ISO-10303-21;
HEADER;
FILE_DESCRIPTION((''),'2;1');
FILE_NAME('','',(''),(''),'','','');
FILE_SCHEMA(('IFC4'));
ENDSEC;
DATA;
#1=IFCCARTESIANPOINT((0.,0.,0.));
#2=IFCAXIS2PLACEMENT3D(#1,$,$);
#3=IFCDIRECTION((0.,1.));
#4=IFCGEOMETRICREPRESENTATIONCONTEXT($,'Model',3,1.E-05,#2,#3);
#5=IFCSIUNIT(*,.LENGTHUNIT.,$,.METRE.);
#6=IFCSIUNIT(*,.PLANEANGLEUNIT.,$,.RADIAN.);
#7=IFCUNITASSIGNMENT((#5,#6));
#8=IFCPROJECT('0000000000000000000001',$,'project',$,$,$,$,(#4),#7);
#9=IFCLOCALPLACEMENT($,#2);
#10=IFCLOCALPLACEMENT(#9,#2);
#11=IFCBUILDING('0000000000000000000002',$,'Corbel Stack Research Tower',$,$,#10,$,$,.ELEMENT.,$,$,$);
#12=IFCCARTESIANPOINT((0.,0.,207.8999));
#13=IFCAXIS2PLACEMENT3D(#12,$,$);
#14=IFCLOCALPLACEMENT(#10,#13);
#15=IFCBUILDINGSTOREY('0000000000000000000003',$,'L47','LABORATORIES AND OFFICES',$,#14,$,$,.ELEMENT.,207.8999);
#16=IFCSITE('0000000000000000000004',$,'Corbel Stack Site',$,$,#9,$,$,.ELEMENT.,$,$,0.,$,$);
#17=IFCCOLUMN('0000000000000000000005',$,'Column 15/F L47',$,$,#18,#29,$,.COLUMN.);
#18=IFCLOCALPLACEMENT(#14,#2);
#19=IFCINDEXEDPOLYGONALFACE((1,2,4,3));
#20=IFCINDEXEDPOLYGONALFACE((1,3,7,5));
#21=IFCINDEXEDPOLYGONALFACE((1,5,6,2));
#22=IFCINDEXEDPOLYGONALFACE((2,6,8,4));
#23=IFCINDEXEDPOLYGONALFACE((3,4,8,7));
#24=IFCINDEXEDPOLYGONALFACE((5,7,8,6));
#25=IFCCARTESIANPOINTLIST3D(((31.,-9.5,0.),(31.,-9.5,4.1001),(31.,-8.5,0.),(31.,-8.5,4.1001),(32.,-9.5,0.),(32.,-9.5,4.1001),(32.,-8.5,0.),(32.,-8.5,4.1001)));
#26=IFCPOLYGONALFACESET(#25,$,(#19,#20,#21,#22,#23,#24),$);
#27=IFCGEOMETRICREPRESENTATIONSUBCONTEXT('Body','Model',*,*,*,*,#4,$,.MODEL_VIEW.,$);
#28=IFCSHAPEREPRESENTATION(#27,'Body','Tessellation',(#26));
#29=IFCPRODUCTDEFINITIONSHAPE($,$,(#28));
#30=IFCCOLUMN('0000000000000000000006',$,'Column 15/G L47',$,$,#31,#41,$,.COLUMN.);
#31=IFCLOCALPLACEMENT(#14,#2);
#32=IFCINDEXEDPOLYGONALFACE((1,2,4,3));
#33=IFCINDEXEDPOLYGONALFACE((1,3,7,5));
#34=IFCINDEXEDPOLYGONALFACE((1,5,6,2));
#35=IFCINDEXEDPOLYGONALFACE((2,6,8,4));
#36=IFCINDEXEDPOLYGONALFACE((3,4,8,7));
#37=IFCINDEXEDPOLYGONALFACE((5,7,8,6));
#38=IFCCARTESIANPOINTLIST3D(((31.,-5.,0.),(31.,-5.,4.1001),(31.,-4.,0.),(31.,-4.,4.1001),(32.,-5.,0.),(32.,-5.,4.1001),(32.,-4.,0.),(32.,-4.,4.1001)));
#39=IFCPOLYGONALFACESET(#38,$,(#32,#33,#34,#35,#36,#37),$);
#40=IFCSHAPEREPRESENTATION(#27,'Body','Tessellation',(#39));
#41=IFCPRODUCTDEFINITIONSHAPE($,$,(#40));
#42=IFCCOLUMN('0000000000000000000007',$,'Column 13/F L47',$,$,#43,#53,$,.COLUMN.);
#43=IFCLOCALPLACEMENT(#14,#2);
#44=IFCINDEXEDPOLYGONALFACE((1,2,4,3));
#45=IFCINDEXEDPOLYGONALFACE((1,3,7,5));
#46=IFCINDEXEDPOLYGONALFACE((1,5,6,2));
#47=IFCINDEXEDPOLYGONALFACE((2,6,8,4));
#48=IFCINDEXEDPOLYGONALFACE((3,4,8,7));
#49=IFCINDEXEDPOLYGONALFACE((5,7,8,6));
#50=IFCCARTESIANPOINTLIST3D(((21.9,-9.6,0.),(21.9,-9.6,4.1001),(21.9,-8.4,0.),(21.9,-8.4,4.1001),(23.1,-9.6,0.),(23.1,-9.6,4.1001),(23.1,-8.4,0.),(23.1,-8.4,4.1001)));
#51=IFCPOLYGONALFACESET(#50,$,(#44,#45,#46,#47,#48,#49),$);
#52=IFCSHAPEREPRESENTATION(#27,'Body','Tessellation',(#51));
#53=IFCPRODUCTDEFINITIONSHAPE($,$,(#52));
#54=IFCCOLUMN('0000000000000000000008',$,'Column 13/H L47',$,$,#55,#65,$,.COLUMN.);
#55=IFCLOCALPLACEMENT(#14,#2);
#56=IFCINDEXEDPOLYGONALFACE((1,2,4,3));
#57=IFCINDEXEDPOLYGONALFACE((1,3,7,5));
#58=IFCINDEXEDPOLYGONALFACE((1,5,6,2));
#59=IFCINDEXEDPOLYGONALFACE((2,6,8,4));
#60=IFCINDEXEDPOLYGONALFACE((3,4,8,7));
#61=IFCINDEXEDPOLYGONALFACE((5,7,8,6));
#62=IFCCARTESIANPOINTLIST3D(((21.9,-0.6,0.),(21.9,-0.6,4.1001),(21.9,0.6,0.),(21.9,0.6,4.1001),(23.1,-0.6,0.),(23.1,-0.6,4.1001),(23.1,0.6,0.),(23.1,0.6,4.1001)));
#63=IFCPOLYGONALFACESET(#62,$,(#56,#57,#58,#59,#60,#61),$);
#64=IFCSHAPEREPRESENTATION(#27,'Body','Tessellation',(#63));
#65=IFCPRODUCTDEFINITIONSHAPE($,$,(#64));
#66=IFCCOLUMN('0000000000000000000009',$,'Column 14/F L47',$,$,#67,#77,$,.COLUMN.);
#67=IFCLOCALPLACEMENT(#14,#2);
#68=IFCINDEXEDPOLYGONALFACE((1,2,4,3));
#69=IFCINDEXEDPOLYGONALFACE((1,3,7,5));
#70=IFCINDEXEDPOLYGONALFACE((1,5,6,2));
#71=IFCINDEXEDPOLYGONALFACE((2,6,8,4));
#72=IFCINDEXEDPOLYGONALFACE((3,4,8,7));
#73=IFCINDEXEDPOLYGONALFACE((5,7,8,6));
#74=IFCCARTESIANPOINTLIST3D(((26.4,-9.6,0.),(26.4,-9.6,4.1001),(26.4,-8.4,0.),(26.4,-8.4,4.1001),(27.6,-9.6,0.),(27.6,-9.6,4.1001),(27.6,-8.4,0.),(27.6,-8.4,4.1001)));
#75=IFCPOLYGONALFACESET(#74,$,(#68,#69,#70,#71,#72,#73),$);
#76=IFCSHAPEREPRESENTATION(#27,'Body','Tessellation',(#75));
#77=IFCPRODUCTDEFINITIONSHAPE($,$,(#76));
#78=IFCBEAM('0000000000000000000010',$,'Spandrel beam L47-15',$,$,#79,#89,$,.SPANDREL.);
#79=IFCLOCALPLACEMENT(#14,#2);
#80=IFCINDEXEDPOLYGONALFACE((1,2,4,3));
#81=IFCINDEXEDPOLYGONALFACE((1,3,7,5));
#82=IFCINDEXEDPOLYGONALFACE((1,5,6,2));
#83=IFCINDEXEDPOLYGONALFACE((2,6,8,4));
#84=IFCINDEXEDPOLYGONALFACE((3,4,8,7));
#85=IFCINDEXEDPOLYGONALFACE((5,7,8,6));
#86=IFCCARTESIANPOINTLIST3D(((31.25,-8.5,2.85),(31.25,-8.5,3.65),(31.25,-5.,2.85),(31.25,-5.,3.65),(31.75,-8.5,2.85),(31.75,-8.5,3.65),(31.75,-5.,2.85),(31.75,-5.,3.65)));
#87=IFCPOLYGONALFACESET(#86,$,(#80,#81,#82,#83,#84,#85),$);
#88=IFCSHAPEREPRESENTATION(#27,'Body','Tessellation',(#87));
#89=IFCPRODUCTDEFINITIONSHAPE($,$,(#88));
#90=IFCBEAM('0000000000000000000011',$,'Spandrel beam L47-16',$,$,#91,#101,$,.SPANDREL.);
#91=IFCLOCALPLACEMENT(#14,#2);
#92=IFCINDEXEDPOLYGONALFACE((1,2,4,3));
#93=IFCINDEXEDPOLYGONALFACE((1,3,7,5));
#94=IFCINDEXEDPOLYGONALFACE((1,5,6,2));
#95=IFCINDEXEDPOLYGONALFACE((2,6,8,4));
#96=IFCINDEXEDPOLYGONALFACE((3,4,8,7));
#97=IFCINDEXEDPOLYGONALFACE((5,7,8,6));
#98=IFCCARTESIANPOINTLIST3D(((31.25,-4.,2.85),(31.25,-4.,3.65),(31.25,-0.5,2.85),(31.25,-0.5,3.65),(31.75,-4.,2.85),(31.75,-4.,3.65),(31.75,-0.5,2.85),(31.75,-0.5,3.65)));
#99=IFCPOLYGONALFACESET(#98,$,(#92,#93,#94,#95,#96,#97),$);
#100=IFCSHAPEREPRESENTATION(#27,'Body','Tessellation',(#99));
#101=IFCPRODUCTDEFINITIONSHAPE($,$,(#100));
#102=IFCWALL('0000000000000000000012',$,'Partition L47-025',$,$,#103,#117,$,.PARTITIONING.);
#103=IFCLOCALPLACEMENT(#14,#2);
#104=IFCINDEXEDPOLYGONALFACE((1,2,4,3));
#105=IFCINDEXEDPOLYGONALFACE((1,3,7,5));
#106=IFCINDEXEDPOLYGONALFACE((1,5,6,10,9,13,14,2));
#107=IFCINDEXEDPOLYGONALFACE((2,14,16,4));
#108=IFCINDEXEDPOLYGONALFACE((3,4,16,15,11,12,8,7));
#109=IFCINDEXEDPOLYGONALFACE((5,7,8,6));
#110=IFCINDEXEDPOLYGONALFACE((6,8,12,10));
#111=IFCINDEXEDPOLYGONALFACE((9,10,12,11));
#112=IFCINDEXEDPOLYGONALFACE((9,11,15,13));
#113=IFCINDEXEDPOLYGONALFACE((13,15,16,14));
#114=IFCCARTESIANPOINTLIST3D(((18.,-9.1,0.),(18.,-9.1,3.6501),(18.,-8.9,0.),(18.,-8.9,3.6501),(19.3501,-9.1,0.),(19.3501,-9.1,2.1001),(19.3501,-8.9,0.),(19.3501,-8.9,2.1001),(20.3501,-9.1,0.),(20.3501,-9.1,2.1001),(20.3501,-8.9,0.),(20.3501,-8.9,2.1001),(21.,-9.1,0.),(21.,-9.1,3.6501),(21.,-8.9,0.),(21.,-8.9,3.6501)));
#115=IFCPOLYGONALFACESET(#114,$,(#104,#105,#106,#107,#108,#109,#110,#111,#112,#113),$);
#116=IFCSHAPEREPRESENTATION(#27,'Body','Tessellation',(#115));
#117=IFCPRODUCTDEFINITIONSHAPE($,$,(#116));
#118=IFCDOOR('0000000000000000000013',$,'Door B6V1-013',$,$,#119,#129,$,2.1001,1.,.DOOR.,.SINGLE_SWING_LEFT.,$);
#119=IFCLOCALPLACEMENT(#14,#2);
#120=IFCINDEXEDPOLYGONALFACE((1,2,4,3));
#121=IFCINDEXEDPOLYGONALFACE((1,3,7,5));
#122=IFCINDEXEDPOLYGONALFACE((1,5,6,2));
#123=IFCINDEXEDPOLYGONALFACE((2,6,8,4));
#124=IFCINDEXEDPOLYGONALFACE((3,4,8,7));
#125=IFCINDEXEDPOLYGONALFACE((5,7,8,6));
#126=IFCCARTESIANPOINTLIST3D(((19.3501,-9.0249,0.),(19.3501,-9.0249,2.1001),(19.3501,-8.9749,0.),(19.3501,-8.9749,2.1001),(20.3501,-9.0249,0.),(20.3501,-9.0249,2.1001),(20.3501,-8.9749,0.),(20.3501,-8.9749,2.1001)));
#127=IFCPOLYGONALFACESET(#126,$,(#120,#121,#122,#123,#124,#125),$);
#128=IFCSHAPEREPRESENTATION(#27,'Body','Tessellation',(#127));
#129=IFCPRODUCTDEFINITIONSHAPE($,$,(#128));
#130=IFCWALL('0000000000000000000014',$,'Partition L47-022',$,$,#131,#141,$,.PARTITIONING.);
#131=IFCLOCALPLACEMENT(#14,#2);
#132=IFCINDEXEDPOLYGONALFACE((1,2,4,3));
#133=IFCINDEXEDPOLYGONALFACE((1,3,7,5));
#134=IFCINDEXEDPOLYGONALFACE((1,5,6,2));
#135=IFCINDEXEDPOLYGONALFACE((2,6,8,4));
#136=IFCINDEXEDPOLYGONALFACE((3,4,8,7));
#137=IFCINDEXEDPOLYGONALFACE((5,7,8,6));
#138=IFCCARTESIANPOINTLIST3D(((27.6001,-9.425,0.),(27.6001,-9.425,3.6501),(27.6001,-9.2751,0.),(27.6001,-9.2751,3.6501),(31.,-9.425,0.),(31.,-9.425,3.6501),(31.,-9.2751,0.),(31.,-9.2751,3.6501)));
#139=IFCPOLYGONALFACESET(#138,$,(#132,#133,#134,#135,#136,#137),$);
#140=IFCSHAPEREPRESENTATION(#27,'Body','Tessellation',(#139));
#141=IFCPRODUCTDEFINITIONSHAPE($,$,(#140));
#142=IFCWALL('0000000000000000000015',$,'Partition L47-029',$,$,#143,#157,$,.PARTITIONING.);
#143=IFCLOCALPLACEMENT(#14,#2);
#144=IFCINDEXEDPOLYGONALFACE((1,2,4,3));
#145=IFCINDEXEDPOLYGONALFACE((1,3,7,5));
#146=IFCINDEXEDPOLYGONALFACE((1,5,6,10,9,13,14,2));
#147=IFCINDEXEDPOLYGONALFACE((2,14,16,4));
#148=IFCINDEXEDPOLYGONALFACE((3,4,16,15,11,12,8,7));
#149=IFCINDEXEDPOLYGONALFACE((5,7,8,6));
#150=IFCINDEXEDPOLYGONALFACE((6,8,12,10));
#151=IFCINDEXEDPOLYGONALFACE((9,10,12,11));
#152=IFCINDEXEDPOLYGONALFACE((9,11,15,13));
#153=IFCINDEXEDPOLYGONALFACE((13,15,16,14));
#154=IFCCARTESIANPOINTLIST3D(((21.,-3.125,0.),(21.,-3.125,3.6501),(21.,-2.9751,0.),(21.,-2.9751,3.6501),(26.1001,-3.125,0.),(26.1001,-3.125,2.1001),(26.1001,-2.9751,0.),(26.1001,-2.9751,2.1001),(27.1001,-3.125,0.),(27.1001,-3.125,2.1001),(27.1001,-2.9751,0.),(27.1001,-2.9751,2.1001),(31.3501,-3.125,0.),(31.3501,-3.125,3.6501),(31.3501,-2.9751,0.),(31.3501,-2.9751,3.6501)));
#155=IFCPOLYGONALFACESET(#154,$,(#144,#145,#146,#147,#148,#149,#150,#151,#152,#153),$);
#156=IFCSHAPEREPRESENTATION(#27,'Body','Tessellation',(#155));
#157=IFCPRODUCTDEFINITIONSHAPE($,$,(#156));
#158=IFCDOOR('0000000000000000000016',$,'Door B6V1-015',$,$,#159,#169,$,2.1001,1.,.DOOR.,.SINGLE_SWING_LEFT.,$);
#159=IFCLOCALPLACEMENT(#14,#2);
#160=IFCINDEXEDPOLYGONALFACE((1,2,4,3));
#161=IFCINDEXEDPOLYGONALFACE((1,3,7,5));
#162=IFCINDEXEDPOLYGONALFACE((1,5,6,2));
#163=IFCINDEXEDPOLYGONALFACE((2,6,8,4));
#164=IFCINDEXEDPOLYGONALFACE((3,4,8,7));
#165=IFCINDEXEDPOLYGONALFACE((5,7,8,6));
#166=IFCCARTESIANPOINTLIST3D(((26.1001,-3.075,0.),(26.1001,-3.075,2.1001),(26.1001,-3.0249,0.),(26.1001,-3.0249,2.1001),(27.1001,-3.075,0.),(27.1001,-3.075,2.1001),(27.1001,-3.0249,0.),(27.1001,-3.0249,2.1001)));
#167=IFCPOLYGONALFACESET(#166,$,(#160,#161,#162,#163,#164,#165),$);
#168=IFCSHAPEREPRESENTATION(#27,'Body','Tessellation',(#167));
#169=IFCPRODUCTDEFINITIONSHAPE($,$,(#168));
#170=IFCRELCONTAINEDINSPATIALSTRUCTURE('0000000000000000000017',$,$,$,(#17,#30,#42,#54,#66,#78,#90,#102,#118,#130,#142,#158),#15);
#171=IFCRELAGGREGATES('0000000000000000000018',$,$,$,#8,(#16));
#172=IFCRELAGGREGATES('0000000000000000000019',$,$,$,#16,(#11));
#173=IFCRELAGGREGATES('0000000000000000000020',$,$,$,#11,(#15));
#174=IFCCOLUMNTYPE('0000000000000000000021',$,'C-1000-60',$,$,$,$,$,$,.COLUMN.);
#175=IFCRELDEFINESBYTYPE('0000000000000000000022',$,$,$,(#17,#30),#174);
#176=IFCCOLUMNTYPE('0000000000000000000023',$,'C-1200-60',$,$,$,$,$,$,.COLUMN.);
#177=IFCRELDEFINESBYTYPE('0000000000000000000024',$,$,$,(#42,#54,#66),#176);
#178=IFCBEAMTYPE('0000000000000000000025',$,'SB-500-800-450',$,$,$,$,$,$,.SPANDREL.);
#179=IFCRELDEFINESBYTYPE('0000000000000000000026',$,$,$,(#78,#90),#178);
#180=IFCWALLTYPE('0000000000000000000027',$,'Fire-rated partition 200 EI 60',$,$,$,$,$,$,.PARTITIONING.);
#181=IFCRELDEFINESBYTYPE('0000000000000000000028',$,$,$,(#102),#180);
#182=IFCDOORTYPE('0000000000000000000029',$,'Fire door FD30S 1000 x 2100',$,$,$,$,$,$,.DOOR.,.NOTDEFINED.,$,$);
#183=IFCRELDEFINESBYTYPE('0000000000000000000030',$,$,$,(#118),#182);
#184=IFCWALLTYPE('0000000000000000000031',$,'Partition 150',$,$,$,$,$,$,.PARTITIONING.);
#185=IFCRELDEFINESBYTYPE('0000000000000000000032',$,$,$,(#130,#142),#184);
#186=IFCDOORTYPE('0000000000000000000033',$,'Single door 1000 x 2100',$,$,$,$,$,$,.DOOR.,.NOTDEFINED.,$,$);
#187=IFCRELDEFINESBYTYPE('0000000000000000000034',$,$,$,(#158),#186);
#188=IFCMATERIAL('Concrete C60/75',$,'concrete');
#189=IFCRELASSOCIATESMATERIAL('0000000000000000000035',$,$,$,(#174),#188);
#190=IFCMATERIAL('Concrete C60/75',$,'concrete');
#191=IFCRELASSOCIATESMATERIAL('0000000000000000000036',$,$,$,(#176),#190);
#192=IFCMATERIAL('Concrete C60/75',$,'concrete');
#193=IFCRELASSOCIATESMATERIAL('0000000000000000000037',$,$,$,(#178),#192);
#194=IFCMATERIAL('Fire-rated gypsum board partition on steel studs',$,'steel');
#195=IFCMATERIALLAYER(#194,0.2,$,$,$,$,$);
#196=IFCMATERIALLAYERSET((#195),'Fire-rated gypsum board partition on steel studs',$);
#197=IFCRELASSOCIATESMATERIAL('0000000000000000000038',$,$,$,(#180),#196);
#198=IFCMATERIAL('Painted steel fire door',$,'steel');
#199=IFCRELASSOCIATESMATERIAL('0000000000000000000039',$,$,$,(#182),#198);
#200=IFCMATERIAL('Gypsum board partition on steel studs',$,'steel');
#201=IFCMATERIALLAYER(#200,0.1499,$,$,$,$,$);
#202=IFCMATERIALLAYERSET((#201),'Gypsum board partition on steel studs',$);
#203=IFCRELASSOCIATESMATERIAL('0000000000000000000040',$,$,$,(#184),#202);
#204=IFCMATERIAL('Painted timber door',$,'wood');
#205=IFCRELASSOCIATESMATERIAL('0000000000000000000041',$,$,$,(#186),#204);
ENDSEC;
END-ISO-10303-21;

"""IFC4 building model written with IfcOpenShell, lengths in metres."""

from ifc_helpers import new_model, si_unit, direction, frame, frame_2d, origin, origin_2d, place, context, subcontext, project, spatial, rectangle, extrude, material, layer, layer_set, material_profile, profile_set, type_object, element, fill, save


model = new_model("IFC4")

# Units and contexts
model_context = context("Model", 3, precision=1e-05, world=origin(), true_north=direction((0.0, 1.0)))
body_context = subcontext(model_context, "Body", "Model", "MODEL_VIEW")
ifc_project = project(units=[si_unit("LENGTHUNIT", "METRE"), si_unit("PLANEANGLEUNIT", "RADIAN")], contexts=[model_context])

# Site, building, storey
site_placement = place(None, origin())
site = spatial("IfcSite", under=ifc_project, at=site_placement, Name="Corbel Stack Site", CompositionType="ELEMENT", RefElevation=0.0)
building_placement = place(site_placement, origin())
building = spatial("IfcBuilding", under=site, at=building_placement, Name="Corbel Stack Research Tower", CompositionType="ELEMENT")
storey_placement = place(building_placement, frame((0.0, 0.0, 207.8999)))
storey = spatial("IfcBuildingStorey", under=building, at=storey_placement, Name="L47", Description="LABORATORIES AND OFFICES", CompositionType="ELEMENT", Elevation=207.8999)

# Columns
ifc_material_1 = material(Name="Concrete C60/75", Category="concrete")
ifc_material_profile_1 = material_profile(ifc_material_1, rectangle(XDim=1.0, YDim=1.0, at=origin_2d()), Name="RC 1000 x 1000")
ifc_profile_set_1 = profile_set([ifc_material_profile_1], Name="Concrete C60/75")
column_type_1 = type_object("IfcColumnType", Name="C-1000-60", PredefinedType="COLUMN", material=ifc_profile_set_1)
for number, where, z_axis, x_axis, name in (
    (1, (31.5, -9.0, 0.0), (0.0, 0.0, 1.0), (1.0, 0.0, 0.0), "Column 15/F L47"),
    (2, (31.5, -4.5, 0.0), (0.0, 0.0, 1.0), (1.0, 0.0, 0.0), "Column 15/G L47"),
):
    element("IfcColumn", number, at=place(storey_placement, frame(where, z_axis=z_axis, x_axis=x_axis)), inside=storey, type_object=column_type_1, Name=name, PredefinedType="COLUMN", context=body_context, shape_type="SweptSolid", body=[
        extrude(rectangle(XDim=1.0, YDim=1.0, at=origin_2d()), origin(), (0.0, 0.0, 1.0), 4.1001),
    ])
ifc_material_2 = material(Name="Concrete C60/75", Category="concrete")
ifc_material_profile_2 = material_profile(ifc_material_2, rectangle(XDim=1.2, YDim=1.2, at=origin_2d()), Name="RC 1200 x 1200")
ifc_profile_set_2 = profile_set([ifc_material_profile_2], Name="Concrete C60/75")
column_type_2 = type_object("IfcColumnType", Name="C-1200-60", PredefinedType="COLUMN", material=ifc_profile_set_2)
for number, where, z_axis, x_axis, name in (
    (3, (22.5, -9.0, 0.0), (0.0, 0.0, 1.0), (1.0, 0.0, 0.0), "Column 13/F L47"),
    (4, (22.5, 0.0, 0.0), (0.0, 0.0, 1.0), (1.0, 0.0, 0.0), "Column 13/H L47"),
    (5, (27.0, -9.0, 0.0), (0.0, 0.0, 1.0), (1.0, 0.0, 0.0), "Column 14/F L47"),
):
    element("IfcColumn", number, at=place(storey_placement, frame(where, z_axis=z_axis, x_axis=x_axis)), inside=storey, type_object=column_type_2, Name=name, PredefinedType="COLUMN", context=body_context, shape_type="SweptSolid", body=[
        extrude(rectangle(XDim=1.2, YDim=1.2, at=origin_2d()), origin(), (0.0, 0.0, 1.0), 4.1001),
    ])

# Beams
ifc_material_3 = material(Name="Concrete C60/75", Category="concrete")
ifc_material_profile_3 = material_profile(ifc_material_3, rectangle(XDim=0.5, YDim=0.8, at=origin_2d()), Name="RC 500 x 800")
ifc_profile_set_3 = profile_set([ifc_material_profile_3], Name="Concrete C60/75")
beam_type = type_object("IfcBeamType", Name="SB-500-800-450", PredefinedType="SPANDREL", material=ifc_profile_set_3)
for number, where, z_axis, x_axis, name in (
    (6, (31.5, -8.5, 3.25), (0.0, 1.0, 0.0), (-1.0, 0.0, 0.0), "Spandrel beam L47-15"),
    (7, (31.5, -4.0, 3.25), (0.0, 1.0, 0.0), (-1.0, 0.0, 0.0), "Spandrel beam L47-16"),
):
    element("IfcBeam", number, at=place(storey_placement, frame(where, z_axis=z_axis, x_axis=x_axis)), inside=storey, type_object=beam_type, Name=name, PredefinedType="SPANDREL", context=body_context, shape_type="SweptSolid", body=[
        extrude(rectangle(XDim=0.5, YDim=0.8, at=origin_2d()), origin(), (0.0, 0.0, 1.0), 3.5),
    ])

# Wall, opening, door
ifc_material_4 = material(Name="Fire-rated gypsum board partition on steel studs", Category="steel")
ifc_layer_1 = layer(ifc_material_4, 0.2)
ifc_layer_set_1 = layer_set([ifc_layer_1], Name="Fire-rated gypsum board partition on steel studs")
wall_type_1 = type_object("IfcWallType", Name="Fire-rated partition 200 EI 60", PredefinedType="PARTITIONING", material=ifc_layer_set_1)
wall_1_placement = place(storey_placement, frame((21.0, -9.0, 0.0), z_axis=(0.0, 0.0, 1.0), x_axis=(-1.0, 0.0, 0.0)))
wall_1 = element("IfcWall", 8, at=wall_1_placement, inside=storey, type_object=wall_type_1, Name="Partition L47-025", PredefinedType="PARTITIONING", context=body_context, shape_type="SweptSolid", body=[
    extrude(rectangle(XDim=3.0, YDim=0.2, at=frame_2d((1.5, 0.0))), origin(), (0.0, 0.0, 1.0), 3.6501),
])
opening_1_placement = place(wall_1_placement, frame((0.6499, 0.0, 0.0)))
opening_1 = element("IfcOpeningElement", 9, at=opening_1_placement, cuts=wall_1, PredefinedType="OPENING", context=body_context, shape_type="SweptSolid", body=[
    extrude(rectangle(XDim=1.0, YDim=2.1001, at=frame_2d((0.5, 1.05))), frame((0.0, 0.1099, 0.0), z_axis=(0.0, -1.0, 0.0), x_axis=(1.0, 0.0, 0.0)), (0.0, 0.0, 1.0), 0.22),
])
ifc_material_5 = material(Name="Painted steel fire door", Category="steel")
door_type_1 = type_object("IfcDoorType", Name="Fire door FD30S 1000 x 2100", OperationType="NOTDEFINED", PredefinedType="DOOR", material=ifc_material_5)
door_1_placement = place(opening_1_placement, origin())
door_1 = element("IfcDoor", 10, at=door_1_placement, inside=storey, type_object=door_type_1, Name="Door B6V1-013", OperationType="SINGLE_SWING_LEFT", OverallHeight=2.1001, OverallWidth=1.0, PredefinedType="DOOR", context=body_context, shape_type="SweptSolid", body=[
    extrude(rectangle(XDim=1.0, YDim=2.1001, at=frame_2d((0.5, 1.05))), frame((0.0, 0.0249, 0.0), z_axis=(0.0, -1.0, 0.0), x_axis=(1.0, 0.0, 0.0)), (0.0, 0.0, 1.0), 0.05),
])
fill(opening_1, door_1)

# Wall
ifc_material_6 = material(Name="Gypsum board partition on steel studs", Category="steel")
ifc_layer_2 = layer(ifc_material_6, 0.1499)
ifc_layer_set_2 = layer_set([ifc_layer_2], Name="Gypsum board partition on steel studs")
wall_type_2 = type_object("IfcWallType", Name="Partition 150", PredefinedType="PARTITIONING", material=ifc_layer_set_2)
wall_2_placement = place(storey_placement, frame((27.6001, -9.3501, 0.0), z_axis=(0.0, 0.0, 1.0), x_axis=(1.0, 0.0, 0.0)))
element("IfcWall", 11, at=wall_2_placement, inside=storey, type_object=wall_type_2, Name="Partition L47-022", PredefinedType="PARTITIONING", context=body_context, shape_type="SweptSolid", body=[
    extrude(rectangle(XDim=3.3999, YDim=0.1499, at=frame_2d((1.7, 0.0))), origin(), (0.0, 0.0, 1.0), 3.6501),
])

# Wall, opening, door
wall_3_placement = place(storey_placement, frame((31.3501, -3.05, 0.0), z_axis=(0.0, 0.0, 1.0), x_axis=(-1.0, 0.0, 0.0)))
wall_3 = element("IfcWall", 12, at=wall_3_placement, inside=storey, type_object=wall_type_2, Name="Partition L47-029", PredefinedType="PARTITIONING", context=body_context, shape_type="SweptSolid", body=[
    extrude(rectangle(XDim=10.3501, YDim=0.1499, at=frame_2d((5.175, 0.0))), origin(), (0.0, 0.0, 1.0), 3.6501),
])
opening_2_placement = place(wall_3_placement, frame((4.25, 0.0, 0.0)))
opening_2 = element("IfcOpeningElement", 13, at=opening_2_placement, cuts=wall_3, PredefinedType="OPENING", context=body_context, shape_type="SweptSolid", body=[
    extrude(rectangle(XDim=1.0, YDim=2.1001, at=frame_2d((0.5, 1.05))), frame((0.0, 0.085, 0.0), z_axis=(0.0, -1.0, 0.0), x_axis=(1.0, 0.0, 0.0)), (0.0, 0.0, 1.0), 0.1699),
])
ifc_material_7 = material(Name="Painted timber door", Category="wood")
door_type_2 = type_object("IfcDoorType", Name="Single door 1000 x 2100", OperationType="NOTDEFINED", PredefinedType="DOOR", material=ifc_material_7)
door_2_placement = place(opening_2_placement, origin())
door_2 = element("IfcDoor", 14, at=door_2_placement, inside=storey, type_object=door_type_2, Name="Door B6V1-015", OperationType="SINGLE_SWING_LEFT", OverallHeight=2.1001, OverallWidth=1.0, PredefinedType="DOOR", context=body_context, shape_type="SweptSolid", body=[
    extrude(rectangle(XDim=1.0, YDim=2.1001, at=frame_2d((0.5, 1.05))), frame((0.0, 0.0249, 0.0), z_axis=(0.0, -1.0, 0.0), x_axis=(1.0, 0.0, 0.0)), (0.0, 0.0, 1.0), 0.05),
])
fill(opening_2, door_2)

save(model, "model.ifc")
